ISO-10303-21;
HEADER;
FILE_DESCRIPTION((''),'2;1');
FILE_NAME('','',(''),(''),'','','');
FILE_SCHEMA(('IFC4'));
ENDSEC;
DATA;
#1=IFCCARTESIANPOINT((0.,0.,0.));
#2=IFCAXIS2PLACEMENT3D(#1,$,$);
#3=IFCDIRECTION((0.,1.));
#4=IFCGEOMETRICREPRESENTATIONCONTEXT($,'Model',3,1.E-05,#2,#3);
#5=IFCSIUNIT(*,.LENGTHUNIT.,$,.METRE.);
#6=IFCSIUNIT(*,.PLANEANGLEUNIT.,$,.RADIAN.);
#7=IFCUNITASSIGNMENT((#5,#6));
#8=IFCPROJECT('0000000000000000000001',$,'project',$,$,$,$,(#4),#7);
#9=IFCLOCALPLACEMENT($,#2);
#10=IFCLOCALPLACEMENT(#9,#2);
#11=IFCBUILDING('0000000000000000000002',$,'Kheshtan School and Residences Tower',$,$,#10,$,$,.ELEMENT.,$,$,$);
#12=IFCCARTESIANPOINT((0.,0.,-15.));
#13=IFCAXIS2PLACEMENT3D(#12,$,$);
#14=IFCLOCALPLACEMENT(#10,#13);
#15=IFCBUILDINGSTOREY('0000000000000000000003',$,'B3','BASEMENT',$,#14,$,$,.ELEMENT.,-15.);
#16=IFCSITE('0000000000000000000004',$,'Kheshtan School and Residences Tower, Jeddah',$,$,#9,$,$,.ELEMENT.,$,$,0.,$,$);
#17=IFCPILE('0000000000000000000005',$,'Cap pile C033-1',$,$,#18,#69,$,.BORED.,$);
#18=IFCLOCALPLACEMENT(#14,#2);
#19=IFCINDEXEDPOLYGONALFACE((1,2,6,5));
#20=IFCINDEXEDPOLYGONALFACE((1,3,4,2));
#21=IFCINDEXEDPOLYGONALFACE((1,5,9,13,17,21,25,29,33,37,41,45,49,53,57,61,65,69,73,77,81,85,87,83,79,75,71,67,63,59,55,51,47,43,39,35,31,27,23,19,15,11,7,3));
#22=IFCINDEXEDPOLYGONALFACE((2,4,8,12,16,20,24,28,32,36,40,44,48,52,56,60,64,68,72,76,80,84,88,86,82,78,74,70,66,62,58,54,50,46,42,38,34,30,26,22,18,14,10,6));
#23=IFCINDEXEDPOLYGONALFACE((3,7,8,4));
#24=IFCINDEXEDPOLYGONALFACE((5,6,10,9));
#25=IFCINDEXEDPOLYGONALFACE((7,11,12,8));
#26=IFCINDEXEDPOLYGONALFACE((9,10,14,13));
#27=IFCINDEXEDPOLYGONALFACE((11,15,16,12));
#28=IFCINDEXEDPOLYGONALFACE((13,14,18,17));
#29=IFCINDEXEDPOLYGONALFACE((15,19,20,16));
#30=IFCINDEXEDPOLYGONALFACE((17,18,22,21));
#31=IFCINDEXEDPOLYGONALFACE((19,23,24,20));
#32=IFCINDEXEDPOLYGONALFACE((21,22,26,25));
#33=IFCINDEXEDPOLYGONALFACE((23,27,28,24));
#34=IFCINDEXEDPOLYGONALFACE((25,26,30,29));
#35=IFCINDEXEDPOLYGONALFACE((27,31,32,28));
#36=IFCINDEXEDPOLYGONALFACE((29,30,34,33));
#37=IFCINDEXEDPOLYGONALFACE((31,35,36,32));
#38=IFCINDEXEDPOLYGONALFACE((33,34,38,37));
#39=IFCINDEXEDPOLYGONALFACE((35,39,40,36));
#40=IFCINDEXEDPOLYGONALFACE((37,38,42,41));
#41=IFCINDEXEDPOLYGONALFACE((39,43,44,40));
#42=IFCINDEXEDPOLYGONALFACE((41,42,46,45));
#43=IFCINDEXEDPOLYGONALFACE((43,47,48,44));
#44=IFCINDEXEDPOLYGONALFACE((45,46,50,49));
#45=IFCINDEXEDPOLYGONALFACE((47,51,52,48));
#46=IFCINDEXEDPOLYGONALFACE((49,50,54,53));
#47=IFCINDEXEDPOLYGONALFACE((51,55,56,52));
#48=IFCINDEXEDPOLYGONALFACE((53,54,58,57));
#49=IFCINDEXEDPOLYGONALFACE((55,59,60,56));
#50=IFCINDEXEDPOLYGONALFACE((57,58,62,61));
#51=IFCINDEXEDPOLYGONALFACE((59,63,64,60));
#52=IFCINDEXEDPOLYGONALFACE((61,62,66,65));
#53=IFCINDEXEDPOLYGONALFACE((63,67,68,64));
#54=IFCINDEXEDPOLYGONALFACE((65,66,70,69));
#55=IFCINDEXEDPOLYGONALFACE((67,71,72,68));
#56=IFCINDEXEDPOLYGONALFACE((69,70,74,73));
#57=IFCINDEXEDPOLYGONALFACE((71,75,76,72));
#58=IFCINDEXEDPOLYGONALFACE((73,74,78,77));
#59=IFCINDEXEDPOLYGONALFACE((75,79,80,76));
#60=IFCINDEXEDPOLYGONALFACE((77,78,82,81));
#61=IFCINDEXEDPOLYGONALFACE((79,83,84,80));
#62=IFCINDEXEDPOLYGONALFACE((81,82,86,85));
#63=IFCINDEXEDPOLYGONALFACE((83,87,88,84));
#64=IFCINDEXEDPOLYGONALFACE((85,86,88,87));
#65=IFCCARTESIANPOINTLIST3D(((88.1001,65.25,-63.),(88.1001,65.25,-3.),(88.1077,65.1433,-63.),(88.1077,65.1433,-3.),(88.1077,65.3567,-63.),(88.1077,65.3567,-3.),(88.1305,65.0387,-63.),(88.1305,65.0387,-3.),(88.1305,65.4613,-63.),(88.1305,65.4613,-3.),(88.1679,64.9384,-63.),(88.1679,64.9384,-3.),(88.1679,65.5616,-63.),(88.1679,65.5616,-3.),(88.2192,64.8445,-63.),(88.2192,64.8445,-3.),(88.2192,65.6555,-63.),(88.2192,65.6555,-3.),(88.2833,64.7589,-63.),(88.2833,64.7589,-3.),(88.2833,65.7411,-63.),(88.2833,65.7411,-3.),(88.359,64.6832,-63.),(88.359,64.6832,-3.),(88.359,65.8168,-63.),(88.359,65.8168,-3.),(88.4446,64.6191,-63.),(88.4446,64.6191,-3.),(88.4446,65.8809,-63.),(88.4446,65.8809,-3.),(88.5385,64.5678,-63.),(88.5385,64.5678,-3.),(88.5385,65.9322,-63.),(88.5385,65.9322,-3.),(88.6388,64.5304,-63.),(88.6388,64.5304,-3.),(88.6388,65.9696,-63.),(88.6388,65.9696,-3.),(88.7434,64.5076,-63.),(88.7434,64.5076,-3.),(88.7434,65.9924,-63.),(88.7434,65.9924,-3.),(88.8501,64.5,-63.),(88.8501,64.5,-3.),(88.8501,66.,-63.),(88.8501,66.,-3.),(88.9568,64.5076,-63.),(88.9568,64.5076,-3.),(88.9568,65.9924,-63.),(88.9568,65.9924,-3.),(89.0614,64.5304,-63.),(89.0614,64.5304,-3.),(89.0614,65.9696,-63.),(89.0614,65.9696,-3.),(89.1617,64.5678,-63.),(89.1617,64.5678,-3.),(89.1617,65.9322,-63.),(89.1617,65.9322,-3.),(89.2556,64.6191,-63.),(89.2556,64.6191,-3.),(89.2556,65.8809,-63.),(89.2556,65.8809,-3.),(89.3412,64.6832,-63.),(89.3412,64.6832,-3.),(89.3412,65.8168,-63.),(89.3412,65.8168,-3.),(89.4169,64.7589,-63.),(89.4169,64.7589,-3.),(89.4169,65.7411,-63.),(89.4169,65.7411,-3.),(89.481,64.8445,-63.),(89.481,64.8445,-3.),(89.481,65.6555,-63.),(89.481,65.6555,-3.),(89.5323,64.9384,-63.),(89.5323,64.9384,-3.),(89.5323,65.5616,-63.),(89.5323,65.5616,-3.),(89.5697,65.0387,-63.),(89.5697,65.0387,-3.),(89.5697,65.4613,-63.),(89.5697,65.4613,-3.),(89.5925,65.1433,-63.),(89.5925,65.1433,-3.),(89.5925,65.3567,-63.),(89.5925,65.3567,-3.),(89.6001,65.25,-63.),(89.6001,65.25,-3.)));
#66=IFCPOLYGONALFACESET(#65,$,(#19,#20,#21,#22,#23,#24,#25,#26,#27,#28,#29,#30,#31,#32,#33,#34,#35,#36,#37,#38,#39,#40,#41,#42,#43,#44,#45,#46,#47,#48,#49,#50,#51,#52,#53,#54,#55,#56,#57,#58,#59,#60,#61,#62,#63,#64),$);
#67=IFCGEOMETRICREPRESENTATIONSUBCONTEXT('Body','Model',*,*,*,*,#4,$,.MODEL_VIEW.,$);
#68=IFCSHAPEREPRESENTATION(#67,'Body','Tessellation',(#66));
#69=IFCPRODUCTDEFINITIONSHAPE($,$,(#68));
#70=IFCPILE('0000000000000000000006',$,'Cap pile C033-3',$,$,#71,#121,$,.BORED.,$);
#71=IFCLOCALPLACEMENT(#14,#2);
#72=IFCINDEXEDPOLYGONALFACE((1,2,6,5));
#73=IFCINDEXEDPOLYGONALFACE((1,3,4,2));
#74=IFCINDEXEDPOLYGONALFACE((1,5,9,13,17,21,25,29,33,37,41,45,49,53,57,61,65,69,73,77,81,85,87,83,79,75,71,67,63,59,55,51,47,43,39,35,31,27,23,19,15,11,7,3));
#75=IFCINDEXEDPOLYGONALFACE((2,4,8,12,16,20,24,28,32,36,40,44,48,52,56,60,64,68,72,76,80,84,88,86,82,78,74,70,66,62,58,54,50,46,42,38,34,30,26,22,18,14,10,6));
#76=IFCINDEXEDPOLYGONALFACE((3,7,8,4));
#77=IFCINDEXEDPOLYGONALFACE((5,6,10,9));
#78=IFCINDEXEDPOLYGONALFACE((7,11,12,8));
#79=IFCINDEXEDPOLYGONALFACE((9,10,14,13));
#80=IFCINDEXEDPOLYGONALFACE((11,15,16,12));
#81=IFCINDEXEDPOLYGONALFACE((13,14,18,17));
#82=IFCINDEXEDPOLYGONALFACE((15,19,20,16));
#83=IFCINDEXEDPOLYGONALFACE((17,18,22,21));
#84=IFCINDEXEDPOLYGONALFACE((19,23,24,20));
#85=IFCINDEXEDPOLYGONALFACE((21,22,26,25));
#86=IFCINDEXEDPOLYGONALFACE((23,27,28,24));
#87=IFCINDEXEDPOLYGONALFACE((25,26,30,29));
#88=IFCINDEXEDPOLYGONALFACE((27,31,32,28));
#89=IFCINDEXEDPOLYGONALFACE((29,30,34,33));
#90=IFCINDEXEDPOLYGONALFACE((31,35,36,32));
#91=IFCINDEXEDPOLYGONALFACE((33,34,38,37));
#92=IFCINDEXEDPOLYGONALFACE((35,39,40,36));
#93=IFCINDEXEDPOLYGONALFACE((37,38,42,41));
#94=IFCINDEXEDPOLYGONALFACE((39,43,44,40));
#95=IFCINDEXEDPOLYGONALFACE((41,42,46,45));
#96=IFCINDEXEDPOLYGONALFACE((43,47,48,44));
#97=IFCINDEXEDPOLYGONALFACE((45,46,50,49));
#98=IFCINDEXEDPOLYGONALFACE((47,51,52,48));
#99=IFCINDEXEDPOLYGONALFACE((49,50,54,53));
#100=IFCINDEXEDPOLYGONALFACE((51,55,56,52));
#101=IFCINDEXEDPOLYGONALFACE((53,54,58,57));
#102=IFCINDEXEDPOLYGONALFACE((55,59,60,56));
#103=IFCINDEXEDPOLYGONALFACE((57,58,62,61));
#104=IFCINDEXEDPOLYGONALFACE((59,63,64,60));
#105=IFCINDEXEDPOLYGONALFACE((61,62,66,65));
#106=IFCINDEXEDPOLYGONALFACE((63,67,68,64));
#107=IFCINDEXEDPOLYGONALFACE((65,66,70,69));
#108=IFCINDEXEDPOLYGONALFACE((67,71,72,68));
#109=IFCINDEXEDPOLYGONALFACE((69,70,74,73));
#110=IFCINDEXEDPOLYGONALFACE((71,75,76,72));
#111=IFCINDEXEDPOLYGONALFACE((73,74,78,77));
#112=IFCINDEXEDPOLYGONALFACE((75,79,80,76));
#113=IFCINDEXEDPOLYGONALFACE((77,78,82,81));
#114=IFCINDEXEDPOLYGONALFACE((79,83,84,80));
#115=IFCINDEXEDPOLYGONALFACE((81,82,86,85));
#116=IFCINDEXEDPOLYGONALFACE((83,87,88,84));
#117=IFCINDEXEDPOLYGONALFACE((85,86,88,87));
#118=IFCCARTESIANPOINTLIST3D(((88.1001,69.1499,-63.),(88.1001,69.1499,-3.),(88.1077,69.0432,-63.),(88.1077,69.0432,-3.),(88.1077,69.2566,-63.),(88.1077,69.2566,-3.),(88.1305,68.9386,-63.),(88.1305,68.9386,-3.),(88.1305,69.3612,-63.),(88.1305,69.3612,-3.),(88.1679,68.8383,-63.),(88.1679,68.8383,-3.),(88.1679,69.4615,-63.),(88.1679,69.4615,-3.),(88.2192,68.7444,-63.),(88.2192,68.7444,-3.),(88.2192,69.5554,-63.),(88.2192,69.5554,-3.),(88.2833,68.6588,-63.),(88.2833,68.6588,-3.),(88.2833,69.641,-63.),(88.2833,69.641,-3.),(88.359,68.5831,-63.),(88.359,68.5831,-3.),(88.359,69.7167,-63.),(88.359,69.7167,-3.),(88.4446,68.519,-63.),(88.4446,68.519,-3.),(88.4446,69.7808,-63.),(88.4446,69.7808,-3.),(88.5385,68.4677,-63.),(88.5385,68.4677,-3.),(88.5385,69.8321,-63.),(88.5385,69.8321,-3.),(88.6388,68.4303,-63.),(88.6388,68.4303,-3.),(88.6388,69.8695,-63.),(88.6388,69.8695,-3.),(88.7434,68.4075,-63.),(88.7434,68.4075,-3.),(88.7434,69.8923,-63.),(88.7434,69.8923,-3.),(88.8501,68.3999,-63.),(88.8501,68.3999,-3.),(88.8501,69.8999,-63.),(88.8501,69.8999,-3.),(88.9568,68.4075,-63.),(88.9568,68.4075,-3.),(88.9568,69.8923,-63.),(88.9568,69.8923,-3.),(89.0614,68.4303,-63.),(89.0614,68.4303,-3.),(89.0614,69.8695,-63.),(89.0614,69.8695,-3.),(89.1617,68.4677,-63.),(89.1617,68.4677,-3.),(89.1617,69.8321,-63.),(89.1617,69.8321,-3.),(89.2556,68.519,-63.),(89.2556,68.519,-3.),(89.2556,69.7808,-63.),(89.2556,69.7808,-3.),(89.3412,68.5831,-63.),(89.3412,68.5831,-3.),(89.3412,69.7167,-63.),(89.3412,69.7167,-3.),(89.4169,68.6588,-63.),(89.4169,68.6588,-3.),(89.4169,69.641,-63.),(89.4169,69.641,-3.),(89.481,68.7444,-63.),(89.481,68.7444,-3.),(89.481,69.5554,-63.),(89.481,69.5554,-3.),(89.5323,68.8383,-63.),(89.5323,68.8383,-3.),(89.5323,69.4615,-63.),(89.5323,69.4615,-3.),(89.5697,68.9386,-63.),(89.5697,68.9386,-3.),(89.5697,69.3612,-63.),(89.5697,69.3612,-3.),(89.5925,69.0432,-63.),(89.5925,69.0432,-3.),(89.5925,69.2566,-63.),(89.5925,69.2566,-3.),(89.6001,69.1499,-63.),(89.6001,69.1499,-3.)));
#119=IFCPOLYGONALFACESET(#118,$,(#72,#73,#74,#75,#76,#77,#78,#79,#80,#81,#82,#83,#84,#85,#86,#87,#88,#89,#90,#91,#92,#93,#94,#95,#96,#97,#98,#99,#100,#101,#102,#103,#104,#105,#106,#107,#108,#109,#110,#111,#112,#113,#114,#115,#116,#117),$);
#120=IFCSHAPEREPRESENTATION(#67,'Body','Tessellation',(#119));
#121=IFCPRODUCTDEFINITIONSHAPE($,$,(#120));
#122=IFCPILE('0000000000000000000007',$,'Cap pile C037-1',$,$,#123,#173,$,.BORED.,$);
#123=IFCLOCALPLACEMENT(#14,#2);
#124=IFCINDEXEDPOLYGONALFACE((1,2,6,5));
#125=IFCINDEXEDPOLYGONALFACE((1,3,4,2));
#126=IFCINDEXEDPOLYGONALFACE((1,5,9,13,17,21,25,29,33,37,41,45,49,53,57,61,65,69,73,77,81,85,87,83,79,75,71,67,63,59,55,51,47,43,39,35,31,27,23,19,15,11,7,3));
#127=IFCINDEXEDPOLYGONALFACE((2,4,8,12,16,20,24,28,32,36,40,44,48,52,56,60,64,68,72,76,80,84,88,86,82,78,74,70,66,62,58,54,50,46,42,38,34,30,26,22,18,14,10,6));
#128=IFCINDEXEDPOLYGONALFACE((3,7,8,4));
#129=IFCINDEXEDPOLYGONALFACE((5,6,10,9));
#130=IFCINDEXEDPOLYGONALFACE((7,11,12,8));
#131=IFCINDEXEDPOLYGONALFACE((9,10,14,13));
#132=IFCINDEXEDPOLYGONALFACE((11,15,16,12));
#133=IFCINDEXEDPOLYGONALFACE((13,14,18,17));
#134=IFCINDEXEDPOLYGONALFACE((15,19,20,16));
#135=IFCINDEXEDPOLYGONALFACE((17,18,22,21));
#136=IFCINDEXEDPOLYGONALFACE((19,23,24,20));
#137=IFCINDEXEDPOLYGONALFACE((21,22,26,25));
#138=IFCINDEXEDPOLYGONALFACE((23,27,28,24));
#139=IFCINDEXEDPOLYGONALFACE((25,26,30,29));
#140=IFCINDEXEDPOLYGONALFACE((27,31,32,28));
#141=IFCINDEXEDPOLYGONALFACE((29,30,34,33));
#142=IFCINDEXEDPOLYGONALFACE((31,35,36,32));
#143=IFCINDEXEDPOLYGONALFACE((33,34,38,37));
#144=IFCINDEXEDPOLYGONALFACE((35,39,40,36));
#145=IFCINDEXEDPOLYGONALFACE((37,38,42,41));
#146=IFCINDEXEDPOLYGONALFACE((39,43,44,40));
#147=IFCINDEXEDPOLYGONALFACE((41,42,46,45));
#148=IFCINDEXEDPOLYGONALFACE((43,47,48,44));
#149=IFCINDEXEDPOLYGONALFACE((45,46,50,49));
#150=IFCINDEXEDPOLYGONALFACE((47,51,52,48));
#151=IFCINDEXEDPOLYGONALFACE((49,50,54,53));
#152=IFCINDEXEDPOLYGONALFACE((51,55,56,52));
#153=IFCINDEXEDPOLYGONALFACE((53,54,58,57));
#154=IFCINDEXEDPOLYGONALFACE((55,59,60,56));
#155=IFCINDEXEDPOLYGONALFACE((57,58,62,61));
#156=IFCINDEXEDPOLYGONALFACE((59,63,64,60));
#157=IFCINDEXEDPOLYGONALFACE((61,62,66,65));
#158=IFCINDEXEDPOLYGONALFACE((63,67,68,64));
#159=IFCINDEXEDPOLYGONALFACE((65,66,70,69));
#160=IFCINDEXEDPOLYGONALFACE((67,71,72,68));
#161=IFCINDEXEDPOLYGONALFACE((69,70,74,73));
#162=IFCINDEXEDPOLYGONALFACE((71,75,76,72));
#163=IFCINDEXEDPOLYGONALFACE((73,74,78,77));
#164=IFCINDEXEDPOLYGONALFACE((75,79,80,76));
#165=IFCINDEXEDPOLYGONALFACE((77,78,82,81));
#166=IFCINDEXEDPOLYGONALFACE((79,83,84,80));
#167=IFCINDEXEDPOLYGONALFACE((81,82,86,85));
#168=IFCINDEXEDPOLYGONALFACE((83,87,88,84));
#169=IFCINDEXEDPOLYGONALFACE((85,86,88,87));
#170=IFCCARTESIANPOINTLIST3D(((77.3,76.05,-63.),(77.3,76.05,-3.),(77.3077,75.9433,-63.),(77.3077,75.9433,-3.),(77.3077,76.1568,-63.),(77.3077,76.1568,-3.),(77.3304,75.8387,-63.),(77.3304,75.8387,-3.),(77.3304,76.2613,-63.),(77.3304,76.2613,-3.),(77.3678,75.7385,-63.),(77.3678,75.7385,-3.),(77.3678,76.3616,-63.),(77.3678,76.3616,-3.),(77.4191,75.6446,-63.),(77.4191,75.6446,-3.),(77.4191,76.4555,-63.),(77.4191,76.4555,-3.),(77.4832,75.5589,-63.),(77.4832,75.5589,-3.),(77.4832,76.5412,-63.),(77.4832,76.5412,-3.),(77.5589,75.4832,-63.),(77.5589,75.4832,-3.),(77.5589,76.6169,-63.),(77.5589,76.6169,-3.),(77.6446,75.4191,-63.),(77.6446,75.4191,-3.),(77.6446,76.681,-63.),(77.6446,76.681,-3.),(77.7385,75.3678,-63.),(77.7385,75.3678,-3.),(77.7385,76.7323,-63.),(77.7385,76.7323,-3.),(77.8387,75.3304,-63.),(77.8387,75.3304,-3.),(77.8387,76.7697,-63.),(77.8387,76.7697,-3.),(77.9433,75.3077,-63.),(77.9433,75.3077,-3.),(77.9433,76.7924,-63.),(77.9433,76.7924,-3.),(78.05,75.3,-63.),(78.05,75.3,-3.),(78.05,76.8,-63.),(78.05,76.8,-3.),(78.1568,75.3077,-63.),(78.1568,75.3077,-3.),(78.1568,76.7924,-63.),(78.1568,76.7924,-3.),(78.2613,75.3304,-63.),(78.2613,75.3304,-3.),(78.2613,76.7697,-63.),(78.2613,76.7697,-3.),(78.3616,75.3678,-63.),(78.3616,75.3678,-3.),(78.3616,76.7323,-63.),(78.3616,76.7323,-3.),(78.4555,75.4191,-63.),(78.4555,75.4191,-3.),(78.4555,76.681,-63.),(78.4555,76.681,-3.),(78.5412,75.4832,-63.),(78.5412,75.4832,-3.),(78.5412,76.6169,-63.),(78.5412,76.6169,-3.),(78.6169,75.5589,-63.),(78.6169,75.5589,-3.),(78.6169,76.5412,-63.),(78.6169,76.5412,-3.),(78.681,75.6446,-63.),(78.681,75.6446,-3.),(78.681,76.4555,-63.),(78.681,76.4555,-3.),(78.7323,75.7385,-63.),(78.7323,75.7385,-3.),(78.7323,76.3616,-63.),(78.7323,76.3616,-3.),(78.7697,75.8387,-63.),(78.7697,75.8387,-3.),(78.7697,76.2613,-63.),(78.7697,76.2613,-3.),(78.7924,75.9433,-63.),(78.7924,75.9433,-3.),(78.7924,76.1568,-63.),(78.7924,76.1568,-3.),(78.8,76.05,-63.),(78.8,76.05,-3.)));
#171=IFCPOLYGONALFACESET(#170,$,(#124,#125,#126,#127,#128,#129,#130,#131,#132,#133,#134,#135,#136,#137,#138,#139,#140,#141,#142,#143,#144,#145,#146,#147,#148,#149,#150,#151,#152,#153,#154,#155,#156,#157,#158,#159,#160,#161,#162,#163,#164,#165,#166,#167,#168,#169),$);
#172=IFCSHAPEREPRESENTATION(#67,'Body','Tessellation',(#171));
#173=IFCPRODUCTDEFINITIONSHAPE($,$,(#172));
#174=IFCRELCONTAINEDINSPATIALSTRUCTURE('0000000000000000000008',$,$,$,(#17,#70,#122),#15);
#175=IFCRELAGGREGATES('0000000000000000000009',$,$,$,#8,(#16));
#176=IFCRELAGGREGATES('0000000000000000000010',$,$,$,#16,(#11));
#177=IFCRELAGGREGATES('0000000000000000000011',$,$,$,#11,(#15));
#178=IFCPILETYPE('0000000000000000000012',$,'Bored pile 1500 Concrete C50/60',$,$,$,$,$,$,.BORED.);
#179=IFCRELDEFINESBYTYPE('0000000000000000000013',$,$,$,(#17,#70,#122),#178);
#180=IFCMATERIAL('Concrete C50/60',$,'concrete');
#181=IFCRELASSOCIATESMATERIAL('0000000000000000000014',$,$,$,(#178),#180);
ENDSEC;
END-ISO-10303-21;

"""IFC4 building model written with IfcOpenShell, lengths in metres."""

from ifc_helpers import new_model, si_unit, direction, frame, origin, origin_2d, place, context, subcontext, project, spatial, circle, extrude, material, material_profile, profile_set, type_object, element, save


model = new_model("IFC4")

# Units and contexts
model_context = context("Model", 3, precision=1e-05, world=origin(), true_north=direction((0.0, 1.0)))
body_context = subcontext(model_context, "Body", "Model", "MODEL_VIEW")
ifc_project = project(units=[si_unit("LENGTHUNIT", "METRE"), si_unit("PLANEANGLEUNIT", "RADIAN")], contexts=[model_context])

# Site, building, storey
site_placement = place(None, origin())
site = spatial("IfcSite", under=ifc_project, at=site_placement, Name="Kheshtan School and Residences Tower, Jeddah", CompositionType="ELEMENT", RefElevation=0.0)
building_placement = place(site_placement, origin())
building = spatial("IfcBuilding", under=site, at=building_placement, Name="Kheshtan School and Residences Tower", CompositionType="ELEMENT")
storey_placement = place(building_placement, frame((0.0, 0.0, -15.0)))
storey = spatial("IfcBuildingStorey", under=building, at=storey_placement, Name="B3", Description="BASEMENT", CompositionType="ELEMENT", Elevation=-15.0)

# Piles
ifc_material_1 = material(Name="Concrete C50/60", Category="concrete")
ifc_material_profile_1 = material_profile(ifc_material_1, circle(Radius=0.75, at=origin_2d()), Name="BP 1500")
ifc_profile_set_1 = profile_set([ifc_material_profile_1], Name="Concrete C50/60")
pile_type = type_object("IfcPileType", Name="Bored pile 1500 Concrete C50/60", PredefinedType="BORED", material=ifc_profile_set_1)
for number, where, z_axis, x_axis, name in (
    (1, (88.8501, 65.25, -3.0), (0.0, 0.0, -1.0), (1.0, 0.0, 0.0), "Cap pile C033-1"),
    (2, (88.8501, 69.1499, -3.0), (0.0, 0.0, -1.0), (1.0, 0.0, 0.0), "Cap pile C033-3"),
    (3, (78.05, 76.05, -3.0), (0.0, 0.0, -1.0), (1.0, 0.0, 0.0), "Cap pile C037-1"),
):
    element("IfcPile", number, at=place(storey_placement, frame(where, z_axis=z_axis, x_axis=x_axis)), inside=storey, type_object=pile_type, Name=name, PredefinedType="BORED", context=body_context, shape_type="SweptSolid", body=[
        extrude(circle(Radius=0.75, at=origin_2d()), origin(), (0.0, 0.0, 1.0), 60.0),
    ])

save(model, "model.ifc")
